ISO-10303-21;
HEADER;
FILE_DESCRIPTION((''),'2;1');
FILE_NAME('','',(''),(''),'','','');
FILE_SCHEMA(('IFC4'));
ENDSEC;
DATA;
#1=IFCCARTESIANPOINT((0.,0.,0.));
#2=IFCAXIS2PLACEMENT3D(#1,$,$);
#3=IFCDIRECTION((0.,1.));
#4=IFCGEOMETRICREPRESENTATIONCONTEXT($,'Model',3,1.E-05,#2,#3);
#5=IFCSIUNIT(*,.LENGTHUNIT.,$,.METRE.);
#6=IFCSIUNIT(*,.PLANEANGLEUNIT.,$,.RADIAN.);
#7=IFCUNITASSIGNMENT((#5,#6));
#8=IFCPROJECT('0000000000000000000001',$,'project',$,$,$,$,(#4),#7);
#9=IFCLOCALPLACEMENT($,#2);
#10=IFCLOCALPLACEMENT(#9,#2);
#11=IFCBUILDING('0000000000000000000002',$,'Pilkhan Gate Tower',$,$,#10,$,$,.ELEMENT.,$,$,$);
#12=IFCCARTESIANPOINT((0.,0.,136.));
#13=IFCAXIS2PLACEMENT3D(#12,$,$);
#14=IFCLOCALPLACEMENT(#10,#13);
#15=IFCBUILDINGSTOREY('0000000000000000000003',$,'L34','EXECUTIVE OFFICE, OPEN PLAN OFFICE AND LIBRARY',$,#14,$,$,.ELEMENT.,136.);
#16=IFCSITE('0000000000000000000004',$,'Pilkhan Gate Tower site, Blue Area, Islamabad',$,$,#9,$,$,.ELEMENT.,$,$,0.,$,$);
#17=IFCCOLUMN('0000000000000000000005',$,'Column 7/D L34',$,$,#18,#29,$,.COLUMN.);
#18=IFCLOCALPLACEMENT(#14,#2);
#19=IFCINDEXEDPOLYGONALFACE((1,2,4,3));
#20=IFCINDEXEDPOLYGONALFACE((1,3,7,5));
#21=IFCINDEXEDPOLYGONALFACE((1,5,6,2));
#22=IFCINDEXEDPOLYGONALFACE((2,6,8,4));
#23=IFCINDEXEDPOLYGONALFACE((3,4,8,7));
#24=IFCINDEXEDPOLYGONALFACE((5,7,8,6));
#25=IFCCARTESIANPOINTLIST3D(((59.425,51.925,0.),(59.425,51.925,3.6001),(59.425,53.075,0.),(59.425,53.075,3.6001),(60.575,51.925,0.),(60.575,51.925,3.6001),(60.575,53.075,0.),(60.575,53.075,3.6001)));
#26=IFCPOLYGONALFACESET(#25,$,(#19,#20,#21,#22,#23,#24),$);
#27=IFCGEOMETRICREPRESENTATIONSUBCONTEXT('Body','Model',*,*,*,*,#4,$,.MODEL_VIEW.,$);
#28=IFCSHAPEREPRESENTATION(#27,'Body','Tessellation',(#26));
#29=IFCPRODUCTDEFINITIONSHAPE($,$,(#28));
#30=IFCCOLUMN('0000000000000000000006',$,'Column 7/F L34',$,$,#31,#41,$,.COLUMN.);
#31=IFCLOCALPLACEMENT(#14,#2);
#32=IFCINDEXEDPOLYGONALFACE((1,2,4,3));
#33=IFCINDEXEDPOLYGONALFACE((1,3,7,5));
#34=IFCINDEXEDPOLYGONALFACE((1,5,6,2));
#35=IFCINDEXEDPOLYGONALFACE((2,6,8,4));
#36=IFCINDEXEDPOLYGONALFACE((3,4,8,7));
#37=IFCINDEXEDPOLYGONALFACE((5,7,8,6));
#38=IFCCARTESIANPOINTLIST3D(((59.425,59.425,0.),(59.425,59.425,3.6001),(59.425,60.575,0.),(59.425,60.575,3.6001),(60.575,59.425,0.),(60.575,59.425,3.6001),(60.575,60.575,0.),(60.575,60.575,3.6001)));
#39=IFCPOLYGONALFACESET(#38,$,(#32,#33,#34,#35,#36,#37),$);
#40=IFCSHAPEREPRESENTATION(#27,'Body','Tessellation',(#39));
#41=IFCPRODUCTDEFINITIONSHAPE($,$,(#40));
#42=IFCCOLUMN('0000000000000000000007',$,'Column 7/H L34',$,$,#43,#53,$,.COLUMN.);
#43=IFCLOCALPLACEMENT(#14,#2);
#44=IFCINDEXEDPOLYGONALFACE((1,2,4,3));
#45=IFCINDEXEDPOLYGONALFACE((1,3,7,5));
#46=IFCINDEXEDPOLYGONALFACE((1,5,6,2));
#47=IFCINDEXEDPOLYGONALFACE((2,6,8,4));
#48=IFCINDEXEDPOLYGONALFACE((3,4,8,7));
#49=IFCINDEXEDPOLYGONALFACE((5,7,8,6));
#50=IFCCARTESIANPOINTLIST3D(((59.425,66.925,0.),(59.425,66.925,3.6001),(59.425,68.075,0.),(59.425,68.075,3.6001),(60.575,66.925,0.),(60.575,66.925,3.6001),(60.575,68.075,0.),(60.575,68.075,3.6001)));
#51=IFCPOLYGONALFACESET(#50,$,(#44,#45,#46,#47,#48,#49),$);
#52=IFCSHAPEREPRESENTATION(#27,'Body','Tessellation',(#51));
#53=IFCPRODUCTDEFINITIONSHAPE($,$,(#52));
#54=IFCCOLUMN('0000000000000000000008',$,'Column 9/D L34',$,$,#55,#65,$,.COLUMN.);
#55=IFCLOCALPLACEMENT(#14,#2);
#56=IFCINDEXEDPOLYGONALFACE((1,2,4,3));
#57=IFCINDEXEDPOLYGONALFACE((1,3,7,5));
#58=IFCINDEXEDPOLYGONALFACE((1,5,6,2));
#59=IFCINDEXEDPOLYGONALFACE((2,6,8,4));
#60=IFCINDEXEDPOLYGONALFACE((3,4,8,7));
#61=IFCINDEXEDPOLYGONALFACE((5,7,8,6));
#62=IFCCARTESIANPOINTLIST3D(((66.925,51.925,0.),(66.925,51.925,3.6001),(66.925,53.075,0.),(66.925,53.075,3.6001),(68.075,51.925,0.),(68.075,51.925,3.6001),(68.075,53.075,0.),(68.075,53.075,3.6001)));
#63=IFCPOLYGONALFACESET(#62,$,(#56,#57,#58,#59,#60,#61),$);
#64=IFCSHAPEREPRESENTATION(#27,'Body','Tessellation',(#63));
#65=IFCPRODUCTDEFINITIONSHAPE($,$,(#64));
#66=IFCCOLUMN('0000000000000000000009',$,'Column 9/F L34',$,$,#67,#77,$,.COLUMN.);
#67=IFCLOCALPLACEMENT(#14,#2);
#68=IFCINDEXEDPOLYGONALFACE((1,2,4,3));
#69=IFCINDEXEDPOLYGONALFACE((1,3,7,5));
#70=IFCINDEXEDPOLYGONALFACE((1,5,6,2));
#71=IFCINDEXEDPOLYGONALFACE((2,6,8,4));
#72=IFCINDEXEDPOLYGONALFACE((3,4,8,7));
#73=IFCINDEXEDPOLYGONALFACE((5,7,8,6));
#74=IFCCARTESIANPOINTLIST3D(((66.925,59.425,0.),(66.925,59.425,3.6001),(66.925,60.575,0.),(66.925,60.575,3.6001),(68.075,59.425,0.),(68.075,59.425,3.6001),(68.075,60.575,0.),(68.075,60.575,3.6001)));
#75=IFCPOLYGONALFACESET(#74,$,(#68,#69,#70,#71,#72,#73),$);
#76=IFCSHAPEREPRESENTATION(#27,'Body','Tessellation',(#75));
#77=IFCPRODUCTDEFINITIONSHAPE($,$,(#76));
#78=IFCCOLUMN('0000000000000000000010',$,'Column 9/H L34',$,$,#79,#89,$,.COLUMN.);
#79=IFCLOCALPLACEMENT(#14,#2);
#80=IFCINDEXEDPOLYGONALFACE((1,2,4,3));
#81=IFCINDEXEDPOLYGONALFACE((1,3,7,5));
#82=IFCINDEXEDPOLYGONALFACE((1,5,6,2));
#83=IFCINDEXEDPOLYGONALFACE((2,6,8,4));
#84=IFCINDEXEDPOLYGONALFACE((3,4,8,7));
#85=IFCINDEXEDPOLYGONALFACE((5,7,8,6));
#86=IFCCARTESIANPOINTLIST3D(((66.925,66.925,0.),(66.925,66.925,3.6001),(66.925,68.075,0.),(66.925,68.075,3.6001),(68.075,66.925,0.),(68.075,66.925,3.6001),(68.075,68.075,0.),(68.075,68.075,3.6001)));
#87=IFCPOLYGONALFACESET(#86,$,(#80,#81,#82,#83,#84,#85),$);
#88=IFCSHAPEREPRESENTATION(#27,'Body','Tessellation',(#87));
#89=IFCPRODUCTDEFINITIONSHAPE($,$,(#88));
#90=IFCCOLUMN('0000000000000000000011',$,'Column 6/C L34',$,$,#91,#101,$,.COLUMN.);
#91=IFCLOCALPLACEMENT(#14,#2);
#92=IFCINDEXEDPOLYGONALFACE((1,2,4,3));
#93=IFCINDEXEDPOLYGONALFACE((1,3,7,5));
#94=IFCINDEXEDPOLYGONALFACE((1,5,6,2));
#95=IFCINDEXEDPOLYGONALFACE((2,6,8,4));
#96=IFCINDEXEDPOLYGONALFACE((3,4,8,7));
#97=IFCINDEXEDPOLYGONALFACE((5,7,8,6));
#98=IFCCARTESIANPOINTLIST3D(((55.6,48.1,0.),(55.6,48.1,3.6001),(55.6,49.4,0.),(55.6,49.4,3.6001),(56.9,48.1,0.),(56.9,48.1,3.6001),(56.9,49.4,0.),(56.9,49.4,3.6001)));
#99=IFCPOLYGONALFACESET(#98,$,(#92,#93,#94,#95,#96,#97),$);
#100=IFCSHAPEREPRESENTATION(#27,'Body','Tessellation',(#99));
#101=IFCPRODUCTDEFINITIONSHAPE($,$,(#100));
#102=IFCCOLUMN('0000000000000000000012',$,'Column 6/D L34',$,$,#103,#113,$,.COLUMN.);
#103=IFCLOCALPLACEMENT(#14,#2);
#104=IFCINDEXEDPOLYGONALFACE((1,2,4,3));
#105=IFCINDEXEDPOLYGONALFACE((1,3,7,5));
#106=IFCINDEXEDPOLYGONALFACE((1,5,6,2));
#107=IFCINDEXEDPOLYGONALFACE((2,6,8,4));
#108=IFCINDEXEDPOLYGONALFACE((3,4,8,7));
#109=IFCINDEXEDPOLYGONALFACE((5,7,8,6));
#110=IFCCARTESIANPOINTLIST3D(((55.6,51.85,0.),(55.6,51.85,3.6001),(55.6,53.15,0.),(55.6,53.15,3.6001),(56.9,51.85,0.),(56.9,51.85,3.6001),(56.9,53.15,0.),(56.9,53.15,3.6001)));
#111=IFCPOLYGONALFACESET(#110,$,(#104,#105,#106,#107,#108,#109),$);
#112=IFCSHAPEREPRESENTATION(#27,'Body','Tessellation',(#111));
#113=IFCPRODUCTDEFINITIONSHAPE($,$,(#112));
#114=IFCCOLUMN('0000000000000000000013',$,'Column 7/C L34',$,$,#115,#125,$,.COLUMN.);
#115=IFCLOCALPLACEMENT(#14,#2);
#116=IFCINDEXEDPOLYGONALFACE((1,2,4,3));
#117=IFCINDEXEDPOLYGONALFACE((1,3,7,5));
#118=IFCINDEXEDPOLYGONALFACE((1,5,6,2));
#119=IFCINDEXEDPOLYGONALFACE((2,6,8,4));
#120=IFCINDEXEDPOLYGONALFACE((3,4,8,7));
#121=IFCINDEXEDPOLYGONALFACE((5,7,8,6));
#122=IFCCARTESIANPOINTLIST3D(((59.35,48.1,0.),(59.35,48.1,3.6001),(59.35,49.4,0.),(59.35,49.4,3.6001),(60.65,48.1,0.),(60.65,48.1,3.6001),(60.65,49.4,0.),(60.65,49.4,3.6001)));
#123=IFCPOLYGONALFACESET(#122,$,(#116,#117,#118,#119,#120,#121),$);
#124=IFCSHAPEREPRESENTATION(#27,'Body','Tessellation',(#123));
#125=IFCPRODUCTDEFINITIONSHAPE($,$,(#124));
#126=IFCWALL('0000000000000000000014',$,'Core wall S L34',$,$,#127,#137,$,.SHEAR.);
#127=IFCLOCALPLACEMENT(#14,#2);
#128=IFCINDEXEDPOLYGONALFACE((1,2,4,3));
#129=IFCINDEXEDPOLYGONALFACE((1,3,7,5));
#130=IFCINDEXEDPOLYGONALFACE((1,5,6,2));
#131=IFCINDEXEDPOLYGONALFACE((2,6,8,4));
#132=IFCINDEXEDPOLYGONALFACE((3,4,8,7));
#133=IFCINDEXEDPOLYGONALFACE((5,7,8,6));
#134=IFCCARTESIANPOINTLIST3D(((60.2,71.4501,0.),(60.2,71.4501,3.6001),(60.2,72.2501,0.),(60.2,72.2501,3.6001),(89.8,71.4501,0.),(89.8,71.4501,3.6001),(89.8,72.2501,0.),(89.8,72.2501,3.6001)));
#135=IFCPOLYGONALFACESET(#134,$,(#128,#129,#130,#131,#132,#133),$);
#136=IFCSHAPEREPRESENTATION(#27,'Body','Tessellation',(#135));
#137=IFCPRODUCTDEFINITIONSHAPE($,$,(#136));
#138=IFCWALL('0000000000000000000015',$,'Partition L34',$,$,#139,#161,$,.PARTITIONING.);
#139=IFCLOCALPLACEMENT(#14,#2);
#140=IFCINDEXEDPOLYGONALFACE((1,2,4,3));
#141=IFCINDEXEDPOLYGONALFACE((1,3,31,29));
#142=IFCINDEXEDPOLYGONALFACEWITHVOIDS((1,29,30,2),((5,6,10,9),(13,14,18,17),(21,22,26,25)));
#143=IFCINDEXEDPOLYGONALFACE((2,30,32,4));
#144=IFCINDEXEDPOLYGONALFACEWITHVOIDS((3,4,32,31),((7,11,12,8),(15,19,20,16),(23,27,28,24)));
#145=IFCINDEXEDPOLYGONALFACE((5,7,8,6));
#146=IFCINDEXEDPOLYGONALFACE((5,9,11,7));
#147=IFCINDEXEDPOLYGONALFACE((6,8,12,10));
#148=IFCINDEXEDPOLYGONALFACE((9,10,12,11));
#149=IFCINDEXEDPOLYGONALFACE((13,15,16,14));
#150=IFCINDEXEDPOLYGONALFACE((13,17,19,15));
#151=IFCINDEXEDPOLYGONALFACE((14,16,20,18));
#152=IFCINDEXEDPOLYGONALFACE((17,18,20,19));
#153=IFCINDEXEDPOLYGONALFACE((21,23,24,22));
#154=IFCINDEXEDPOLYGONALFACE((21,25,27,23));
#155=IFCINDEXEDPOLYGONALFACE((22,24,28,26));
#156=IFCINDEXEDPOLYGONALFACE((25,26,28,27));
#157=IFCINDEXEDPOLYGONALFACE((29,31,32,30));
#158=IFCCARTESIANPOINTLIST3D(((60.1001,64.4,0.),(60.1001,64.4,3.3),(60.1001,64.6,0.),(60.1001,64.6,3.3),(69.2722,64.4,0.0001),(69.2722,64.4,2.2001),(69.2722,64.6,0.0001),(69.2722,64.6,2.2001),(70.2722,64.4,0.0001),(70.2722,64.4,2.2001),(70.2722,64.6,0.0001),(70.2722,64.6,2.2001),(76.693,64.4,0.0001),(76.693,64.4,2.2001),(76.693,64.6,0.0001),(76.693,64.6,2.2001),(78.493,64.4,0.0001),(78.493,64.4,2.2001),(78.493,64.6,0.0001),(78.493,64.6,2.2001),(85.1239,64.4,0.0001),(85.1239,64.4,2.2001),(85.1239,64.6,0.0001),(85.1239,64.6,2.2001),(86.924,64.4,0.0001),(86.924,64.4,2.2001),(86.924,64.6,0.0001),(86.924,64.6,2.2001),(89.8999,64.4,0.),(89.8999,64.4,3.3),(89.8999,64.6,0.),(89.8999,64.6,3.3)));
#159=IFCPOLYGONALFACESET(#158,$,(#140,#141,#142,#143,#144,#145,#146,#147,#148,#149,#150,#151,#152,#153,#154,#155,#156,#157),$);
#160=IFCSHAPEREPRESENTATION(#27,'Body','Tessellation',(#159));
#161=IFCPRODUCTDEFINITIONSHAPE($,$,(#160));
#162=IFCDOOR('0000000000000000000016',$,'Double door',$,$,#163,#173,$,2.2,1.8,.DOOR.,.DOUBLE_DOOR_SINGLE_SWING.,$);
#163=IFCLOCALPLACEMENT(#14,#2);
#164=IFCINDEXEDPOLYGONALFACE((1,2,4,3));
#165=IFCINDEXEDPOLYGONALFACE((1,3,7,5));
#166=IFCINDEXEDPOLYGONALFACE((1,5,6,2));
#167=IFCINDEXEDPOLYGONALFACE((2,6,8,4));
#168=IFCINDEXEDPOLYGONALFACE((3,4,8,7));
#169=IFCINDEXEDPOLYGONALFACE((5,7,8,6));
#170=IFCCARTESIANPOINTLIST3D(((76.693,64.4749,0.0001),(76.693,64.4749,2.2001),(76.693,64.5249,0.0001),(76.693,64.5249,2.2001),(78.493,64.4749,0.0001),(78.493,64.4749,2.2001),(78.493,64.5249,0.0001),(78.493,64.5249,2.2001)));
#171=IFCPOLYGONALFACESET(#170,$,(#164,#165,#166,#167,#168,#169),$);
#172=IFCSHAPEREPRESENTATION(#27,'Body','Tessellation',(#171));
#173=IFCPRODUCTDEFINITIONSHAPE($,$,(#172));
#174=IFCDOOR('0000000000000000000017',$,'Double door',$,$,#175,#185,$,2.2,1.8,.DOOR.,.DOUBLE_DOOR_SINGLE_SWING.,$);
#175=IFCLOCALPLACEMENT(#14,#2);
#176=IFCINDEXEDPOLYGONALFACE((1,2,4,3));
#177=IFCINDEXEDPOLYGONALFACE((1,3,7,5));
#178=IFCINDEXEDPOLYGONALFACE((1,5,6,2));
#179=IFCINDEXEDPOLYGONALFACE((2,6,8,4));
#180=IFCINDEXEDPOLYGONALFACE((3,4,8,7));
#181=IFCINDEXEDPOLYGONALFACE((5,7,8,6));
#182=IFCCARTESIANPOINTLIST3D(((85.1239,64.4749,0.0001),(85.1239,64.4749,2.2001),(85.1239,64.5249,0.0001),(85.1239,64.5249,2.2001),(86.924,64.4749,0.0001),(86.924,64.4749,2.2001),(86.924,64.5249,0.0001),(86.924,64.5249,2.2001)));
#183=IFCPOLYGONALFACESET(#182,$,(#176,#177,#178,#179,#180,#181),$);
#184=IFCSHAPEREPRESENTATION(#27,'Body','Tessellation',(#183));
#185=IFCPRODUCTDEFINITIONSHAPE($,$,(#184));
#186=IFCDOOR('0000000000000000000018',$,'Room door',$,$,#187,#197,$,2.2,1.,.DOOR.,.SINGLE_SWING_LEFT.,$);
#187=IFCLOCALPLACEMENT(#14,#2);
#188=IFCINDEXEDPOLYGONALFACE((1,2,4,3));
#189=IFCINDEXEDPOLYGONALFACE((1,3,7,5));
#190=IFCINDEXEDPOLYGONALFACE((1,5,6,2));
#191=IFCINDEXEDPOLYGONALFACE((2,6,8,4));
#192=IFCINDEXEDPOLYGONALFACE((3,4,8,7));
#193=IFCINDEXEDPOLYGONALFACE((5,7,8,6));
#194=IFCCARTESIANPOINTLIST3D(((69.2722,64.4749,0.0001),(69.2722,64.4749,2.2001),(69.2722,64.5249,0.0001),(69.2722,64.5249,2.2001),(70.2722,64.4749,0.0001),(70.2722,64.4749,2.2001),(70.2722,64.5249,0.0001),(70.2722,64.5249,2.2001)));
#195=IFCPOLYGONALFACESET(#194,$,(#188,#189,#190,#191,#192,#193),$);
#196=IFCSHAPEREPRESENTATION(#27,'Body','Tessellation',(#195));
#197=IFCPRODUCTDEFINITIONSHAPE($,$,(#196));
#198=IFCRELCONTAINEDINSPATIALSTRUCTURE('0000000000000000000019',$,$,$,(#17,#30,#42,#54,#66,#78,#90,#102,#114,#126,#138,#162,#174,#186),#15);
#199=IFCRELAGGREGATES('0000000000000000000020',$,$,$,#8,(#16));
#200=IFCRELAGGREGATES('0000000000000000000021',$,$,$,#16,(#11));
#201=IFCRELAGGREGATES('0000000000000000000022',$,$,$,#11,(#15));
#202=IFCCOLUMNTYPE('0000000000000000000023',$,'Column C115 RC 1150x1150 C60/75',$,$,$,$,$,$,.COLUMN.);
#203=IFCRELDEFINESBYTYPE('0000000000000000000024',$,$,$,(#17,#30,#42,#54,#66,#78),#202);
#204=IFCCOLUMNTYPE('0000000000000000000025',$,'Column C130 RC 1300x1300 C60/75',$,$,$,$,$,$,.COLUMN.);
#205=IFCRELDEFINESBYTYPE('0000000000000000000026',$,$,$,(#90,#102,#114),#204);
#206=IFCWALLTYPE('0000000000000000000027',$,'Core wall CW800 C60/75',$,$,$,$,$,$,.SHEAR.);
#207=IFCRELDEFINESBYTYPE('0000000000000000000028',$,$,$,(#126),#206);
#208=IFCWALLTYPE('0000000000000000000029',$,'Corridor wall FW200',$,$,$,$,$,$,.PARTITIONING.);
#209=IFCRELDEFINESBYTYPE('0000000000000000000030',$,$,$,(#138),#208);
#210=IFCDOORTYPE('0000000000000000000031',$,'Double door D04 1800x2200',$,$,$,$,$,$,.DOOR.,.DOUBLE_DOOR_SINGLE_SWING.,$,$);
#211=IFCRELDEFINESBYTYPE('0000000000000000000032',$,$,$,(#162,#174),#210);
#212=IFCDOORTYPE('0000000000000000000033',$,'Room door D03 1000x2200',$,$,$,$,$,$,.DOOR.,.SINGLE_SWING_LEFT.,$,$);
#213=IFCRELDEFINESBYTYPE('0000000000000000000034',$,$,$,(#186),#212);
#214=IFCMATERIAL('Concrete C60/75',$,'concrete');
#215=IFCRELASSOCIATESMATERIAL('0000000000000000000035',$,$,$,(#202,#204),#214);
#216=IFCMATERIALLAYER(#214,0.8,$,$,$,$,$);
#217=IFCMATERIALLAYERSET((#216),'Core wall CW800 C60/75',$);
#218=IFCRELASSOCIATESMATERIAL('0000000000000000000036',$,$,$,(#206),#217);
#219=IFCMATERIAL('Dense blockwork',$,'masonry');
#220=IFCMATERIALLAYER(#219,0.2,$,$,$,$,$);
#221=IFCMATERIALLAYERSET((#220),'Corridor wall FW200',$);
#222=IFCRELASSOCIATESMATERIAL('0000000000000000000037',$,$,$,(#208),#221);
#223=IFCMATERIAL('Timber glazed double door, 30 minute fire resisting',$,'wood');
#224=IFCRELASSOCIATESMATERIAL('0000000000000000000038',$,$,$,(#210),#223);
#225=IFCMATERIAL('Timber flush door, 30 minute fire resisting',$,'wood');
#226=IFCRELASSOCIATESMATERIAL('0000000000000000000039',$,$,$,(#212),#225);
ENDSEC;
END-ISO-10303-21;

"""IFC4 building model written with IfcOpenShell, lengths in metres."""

from ifc_helpers import new_model, si_unit, direction, frame, frame_2d, origin, origin_2d, place, context, subcontext, project, spatial, rectangle, extrude, material, layer, layer_set, material_profile, profile_set, type_object, element, fill, save


model = new_model("IFC4")

# Units and contexts
model_context = context("Model", 3, precision=1e-05, world=origin(), true_north=direction((0.0, 1.0)))
body_context = subcontext(model_context, "Body", "Model", "MODEL_VIEW")
ifc_project = project(units=[si_unit("LENGTHUNIT", "METRE"), si_unit("PLANEANGLEUNIT", "RADIAN")], contexts=[model_context])

# Site, building, storey
site_placement = place(None, origin())
site = spatial("IfcSite", under=ifc_project, at=site_placement, Name="Pilkhan Gate Tower site, Blue Area, Islamabad", CompositionType="ELEMENT", RefElevation=0.0)
building_placement = place(site_placement, origin())
building = spatial("IfcBuilding", under=site, at=building_placement, Name="Pilkhan Gate Tower", CompositionType="ELEMENT")
storey_placement = place(building_placement, frame((0.0, 0.0, 136.0)))
storey = spatial("IfcBuildingStorey", under=building, at=storey_placement, Name="L34", Description="EXECUTIVE OFFICE, OPEN PLAN OFFICE AND LIBRARY", CompositionType="ELEMENT", Elevation=136.0)

# Columns
ifc_material_1 = material(Name="Concrete C60/75", Category="concrete")
ifc_material_profile_1 = material_profile(ifc_material_1, rectangle(XDim=1.1499, YDim=1.1499, at=origin_2d()), Name="RC 1150x1150")
ifc_profile_set_1 = profile_set([ifc_material_profile_1], Name="Concrete C60/75")
column_type_1 = type_object("IfcColumnType", Name="Column C115 RC 1150x1150 C60/75", PredefinedType="COLUMN", material=ifc_profile_set_1)
for number, where, z_axis, x_axis, name in (
    (1, (60.0, 52.5, 0.0), (0.0, 0.0, 1.0), (1.0, 0.0, 0.0), "Column 7/D L34"),
    (2, (60.0, 60.0, 0.0), (0.0, 0.0, 1.0), (1.0, 0.0, 0.0), "Column 7/F L34"),
    (3, (60.0, 67.5, 0.0), (0.0, 0.0, 1.0), (1.0, 0.0, 0.0), "Column 7/H L34"),
    (4, (67.5, 52.5, 0.0), (0.0, 0.0, 1.0), (1.0, 0.0, 0.0), "Column 9/D L34"),
    (5, (67.5, 60.0, 0.0), (0.0, 0.0, 1.0), (1.0, 0.0, 0.0), "Column 9/F L34"),
    (6, (67.5, 67.5, 0.0), (0.0, 0.0, 1.0), (1.0, 0.0, 0.0), "Column 9/H L34"),
):
    element("IfcColumn", number, at=place(storey_placement, frame(where, z_axis=z_axis, x_axis=x_axis)), inside=storey, type_object=column_type_1, Name=name, PredefinedType="COLUMN", context=body_context, shape_type="SweptSolid", body=[
        extrude(rectangle(XDim=1.1499, YDim=1.1499, at=origin_2d()), origin(), (0.0, 0.0, 1.0), 3.6001),
    ])
ifc_material_profile_2 = material_profile(ifc_material_1, rectangle(XDim=1.3, YDim=1.3, at=origin_2d()), Name="RC 1300x1300")
ifc_profile_set_2 = profile_set([ifc_material_profile_2], Name="Concrete C60/75")
column_type_2 = type_object("IfcColumnType", Name="Column C130 RC 1300x1300 C60/75", PredefinedType="COLUMN", material=ifc_profile_set_2)
for number, where, z_axis, x_axis, name in (
    (7, (56.25, 48.75, 0.0), (0.0, 0.0, 1.0), (1.0, 0.0, 0.0), "Column 6/C L34"),
    (8, (56.25, 52.5, 0.0), (0.0, 0.0, 1.0), (1.0, 0.0, 0.0), "Column 6/D L34"),
    (9, (60.0, 48.75, 0.0), (0.0, 0.0, 1.0), (1.0, 0.0, 0.0), "Column 7/C L34"),
):
    element("IfcColumn", number, at=place(storey_placement, frame(where, z_axis=z_axis, x_axis=x_axis)), inside=storey, type_object=column_type_2, Name=name, PredefinedType="COLUMN", context=body_context, shape_type="SweptSolid", body=[
        extrude(rectangle(XDim=1.3, YDim=1.3, at=origin_2d()), origin(), (0.0, 0.0, 1.0), 3.6001),
    ])

# Wall
ifc_layer_1 = layer(ifc_material_1, 0.8)
ifc_layer_set_1 = layer_set([ifc_layer_1], Name="Core wall CW800 C60/75")
wall_type_1 = type_object("IfcWallType", Name="Core wall CW800 C60/75", PredefinedType="SHEAR", material=ifc_layer_set_1)
wall_1_placement = place(storey_placement, frame((60.2, 71.8501, 0.0), z_axis=(0.0, 0.0, 1.0), x_axis=(1.0, 0.0, 0.0)))
element("IfcWall", 10, at=wall_1_placement, inside=storey, type_object=wall_type_1, Name="Core wall S L34", PredefinedType="SHEAR", context=body_context, shape_type="SweptSolid", body=[
    extrude(rectangle(XDim=29.6001, YDim=0.8, at=frame_2d((14.8, 0.0))), origin(), (0.0, 0.0, 1.0), 3.6001),
])

# Wall, openings, doors
ifc_material_2 = material(Name="Dense blockwork", Category="masonry")
ifc_layer_2 = layer(ifc_material_2, 0.2)
ifc_layer_set_2 = layer_set([ifc_layer_2], Name="Corridor wall FW200")
wall_type_2 = type_object("IfcWallType", Name="Corridor wall FW200", PredefinedType="PARTITIONING", material=ifc_layer_set_2)
wall_2_placement = place(storey_placement, frame((60.1001, 64.5, 0.0), z_axis=(0.0, 0.0, 1.0), x_axis=(1.0, 0.0, 0.0)))
wall_2 = element("IfcWall", 11, at=wall_2_placement, inside=storey, type_object=wall_type_2, Name="Partition L34", PredefinedType="PARTITIONING", context=body_context, shape_type="SweptSolid", body=[
    extrude(rectangle(XDim=29.7998, YDim=0.2, at=frame_2d((14.8999, 0.0))), origin(), (0.0, 0.0, 1.0), 3.3),
])
opening_1_placement = place(wall_2_placement, frame((9.1721, 0.0, 0.0)))
opening_1 = element("IfcOpeningElement", 12, at=opening_1_placement, cuts=wall_2, PredefinedType="OPENING", context=body_context, shape_type="SweptSolid", body=[
    extrude(rectangle(XDim=1.0, YDim=2.2, at=frame_2d((0.5, 1.1001))), frame((0.0, 0.1099, 0.0), z_axis=(0.0, -1.0, 0.0), x_axis=(1.0, 0.0, 0.0)), (0.0, 0.0, 1.0), 0.22),
])
opening_2_placement = place(wall_2_placement, frame((16.593, 0.0, 0.0)))
opening_2 = element("IfcOpeningElement", 13, at=opening_2_placement, cuts=wall_2, PredefinedType="OPENING", context=body_context, shape_type="SweptSolid", body=[
    extrude(rectangle(XDim=1.8, YDim=2.2, at=frame_2d((0.8999, 1.1001))), frame((0.0, 0.1099, 0.0), z_axis=(0.0, -1.0, 0.0), x_axis=(1.0, 0.0, 0.0)), (0.0, 0.0, 1.0), 0.22),
])
opening_3_placement = place(wall_2_placement, frame((25.0239, 0.0, 0.0)))
opening_3 = element("IfcOpeningElement", 14, at=opening_3_placement, cuts=wall_2, PredefinedType="OPENING", context=body_context, shape_type="SweptSolid", body=[
    extrude(rectangle(XDim=1.8, YDim=2.2, at=frame_2d((0.8999, 1.1001))), frame((0.0, 0.1099, 0.0), z_axis=(0.0, -1.0, 0.0), x_axis=(1.0, 0.0, 0.0)), (0.0, 0.0, 1.0), 0.22),
])
ifc_material_3 = material(Name="Timber glazed double door, 30 minute fire resisting", Category="wood")
door_type_1 = type_object("IfcDoorType", Name="Double door D04 1800x2200", OperationType="DOUBLE_DOOR_SINGLE_SWING", PredefinedType="DOOR", material=ifc_material_3)
door_1_placement = place(opening_2_placement, origin())
door_1 = element("IfcDoor", 15, at=door_1_placement, inside=storey, type_object=door_type_1, Name="Double door", OperationType="DOUBLE_DOOR_SINGLE_SWING", OverallHeight=2.2, OverallWidth=1.8, PredefinedType="DOOR", context=body_context, shape_type="SweptSolid", body=[
    extrude(rectangle(XDim=1.8, YDim=2.2, at=frame_2d((0.8999, 1.1001))), frame((0.0, 0.0249, 0.0), z_axis=(0.0, -1.0, 0.0), x_axis=(1.0, 0.0, 0.0)), (0.0, 0.0, 1.0), 0.05),
])
fill(opening_2, door_1)
door_2_placement = place(opening_3_placement, origin())
door_2 = element("IfcDoor", 16, at=door_2_placement, inside=storey, type_object=door_type_1, Name="Double door", OperationType="DOUBLE_DOOR_SINGLE_SWING", OverallHeight=2.2, OverallWidth=1.8, PredefinedType="DOOR", context=body_context, shape_type="SweptSolid", body=[
    extrude(rectangle(XDim=1.8, YDim=2.2, at=frame_2d((0.8999, 1.1001))), frame((0.0, 0.0249, 0.0), z_axis=(0.0, -1.0, 0.0), x_axis=(1.0, 0.0, 0.0)), (0.0, 0.0, 1.0), 0.05),
])
fill(opening_3, door_2)
ifc_material_4 = material(Name="Timber flush door, 30 minute fire resisting", Category="wood")
door_type_2 = type_object("IfcDoorType", Name="Room door D03 1000x2200", OperationType="SINGLE_SWING_LEFT", PredefinedType="DOOR", material=ifc_material_4)
door_3_placement = place(opening_1_placement, origin())
door_3 = element("IfcDoor", 17, at=door_3_placement, inside=storey, type_object=door_type_2, Name="Room door", OperationType="SINGLE_SWING_LEFT", OverallHeight=2.2, OverallWidth=1.0, PredefinedType="DOOR", context=body_context, shape_type="SweptSolid", body=[
    extrude(rectangle(XDim=1.0, YDim=2.2, at=frame_2d((0.5, 1.1001))), frame((0.0, 0.0249, 0.0), z_axis=(0.0, -1.0, 0.0), x_axis=(1.0, 0.0, 0.0)), (0.0, 0.0, 1.0), 0.05),
])
fill(opening_1, door_3)

save(model, "model.ifc")
